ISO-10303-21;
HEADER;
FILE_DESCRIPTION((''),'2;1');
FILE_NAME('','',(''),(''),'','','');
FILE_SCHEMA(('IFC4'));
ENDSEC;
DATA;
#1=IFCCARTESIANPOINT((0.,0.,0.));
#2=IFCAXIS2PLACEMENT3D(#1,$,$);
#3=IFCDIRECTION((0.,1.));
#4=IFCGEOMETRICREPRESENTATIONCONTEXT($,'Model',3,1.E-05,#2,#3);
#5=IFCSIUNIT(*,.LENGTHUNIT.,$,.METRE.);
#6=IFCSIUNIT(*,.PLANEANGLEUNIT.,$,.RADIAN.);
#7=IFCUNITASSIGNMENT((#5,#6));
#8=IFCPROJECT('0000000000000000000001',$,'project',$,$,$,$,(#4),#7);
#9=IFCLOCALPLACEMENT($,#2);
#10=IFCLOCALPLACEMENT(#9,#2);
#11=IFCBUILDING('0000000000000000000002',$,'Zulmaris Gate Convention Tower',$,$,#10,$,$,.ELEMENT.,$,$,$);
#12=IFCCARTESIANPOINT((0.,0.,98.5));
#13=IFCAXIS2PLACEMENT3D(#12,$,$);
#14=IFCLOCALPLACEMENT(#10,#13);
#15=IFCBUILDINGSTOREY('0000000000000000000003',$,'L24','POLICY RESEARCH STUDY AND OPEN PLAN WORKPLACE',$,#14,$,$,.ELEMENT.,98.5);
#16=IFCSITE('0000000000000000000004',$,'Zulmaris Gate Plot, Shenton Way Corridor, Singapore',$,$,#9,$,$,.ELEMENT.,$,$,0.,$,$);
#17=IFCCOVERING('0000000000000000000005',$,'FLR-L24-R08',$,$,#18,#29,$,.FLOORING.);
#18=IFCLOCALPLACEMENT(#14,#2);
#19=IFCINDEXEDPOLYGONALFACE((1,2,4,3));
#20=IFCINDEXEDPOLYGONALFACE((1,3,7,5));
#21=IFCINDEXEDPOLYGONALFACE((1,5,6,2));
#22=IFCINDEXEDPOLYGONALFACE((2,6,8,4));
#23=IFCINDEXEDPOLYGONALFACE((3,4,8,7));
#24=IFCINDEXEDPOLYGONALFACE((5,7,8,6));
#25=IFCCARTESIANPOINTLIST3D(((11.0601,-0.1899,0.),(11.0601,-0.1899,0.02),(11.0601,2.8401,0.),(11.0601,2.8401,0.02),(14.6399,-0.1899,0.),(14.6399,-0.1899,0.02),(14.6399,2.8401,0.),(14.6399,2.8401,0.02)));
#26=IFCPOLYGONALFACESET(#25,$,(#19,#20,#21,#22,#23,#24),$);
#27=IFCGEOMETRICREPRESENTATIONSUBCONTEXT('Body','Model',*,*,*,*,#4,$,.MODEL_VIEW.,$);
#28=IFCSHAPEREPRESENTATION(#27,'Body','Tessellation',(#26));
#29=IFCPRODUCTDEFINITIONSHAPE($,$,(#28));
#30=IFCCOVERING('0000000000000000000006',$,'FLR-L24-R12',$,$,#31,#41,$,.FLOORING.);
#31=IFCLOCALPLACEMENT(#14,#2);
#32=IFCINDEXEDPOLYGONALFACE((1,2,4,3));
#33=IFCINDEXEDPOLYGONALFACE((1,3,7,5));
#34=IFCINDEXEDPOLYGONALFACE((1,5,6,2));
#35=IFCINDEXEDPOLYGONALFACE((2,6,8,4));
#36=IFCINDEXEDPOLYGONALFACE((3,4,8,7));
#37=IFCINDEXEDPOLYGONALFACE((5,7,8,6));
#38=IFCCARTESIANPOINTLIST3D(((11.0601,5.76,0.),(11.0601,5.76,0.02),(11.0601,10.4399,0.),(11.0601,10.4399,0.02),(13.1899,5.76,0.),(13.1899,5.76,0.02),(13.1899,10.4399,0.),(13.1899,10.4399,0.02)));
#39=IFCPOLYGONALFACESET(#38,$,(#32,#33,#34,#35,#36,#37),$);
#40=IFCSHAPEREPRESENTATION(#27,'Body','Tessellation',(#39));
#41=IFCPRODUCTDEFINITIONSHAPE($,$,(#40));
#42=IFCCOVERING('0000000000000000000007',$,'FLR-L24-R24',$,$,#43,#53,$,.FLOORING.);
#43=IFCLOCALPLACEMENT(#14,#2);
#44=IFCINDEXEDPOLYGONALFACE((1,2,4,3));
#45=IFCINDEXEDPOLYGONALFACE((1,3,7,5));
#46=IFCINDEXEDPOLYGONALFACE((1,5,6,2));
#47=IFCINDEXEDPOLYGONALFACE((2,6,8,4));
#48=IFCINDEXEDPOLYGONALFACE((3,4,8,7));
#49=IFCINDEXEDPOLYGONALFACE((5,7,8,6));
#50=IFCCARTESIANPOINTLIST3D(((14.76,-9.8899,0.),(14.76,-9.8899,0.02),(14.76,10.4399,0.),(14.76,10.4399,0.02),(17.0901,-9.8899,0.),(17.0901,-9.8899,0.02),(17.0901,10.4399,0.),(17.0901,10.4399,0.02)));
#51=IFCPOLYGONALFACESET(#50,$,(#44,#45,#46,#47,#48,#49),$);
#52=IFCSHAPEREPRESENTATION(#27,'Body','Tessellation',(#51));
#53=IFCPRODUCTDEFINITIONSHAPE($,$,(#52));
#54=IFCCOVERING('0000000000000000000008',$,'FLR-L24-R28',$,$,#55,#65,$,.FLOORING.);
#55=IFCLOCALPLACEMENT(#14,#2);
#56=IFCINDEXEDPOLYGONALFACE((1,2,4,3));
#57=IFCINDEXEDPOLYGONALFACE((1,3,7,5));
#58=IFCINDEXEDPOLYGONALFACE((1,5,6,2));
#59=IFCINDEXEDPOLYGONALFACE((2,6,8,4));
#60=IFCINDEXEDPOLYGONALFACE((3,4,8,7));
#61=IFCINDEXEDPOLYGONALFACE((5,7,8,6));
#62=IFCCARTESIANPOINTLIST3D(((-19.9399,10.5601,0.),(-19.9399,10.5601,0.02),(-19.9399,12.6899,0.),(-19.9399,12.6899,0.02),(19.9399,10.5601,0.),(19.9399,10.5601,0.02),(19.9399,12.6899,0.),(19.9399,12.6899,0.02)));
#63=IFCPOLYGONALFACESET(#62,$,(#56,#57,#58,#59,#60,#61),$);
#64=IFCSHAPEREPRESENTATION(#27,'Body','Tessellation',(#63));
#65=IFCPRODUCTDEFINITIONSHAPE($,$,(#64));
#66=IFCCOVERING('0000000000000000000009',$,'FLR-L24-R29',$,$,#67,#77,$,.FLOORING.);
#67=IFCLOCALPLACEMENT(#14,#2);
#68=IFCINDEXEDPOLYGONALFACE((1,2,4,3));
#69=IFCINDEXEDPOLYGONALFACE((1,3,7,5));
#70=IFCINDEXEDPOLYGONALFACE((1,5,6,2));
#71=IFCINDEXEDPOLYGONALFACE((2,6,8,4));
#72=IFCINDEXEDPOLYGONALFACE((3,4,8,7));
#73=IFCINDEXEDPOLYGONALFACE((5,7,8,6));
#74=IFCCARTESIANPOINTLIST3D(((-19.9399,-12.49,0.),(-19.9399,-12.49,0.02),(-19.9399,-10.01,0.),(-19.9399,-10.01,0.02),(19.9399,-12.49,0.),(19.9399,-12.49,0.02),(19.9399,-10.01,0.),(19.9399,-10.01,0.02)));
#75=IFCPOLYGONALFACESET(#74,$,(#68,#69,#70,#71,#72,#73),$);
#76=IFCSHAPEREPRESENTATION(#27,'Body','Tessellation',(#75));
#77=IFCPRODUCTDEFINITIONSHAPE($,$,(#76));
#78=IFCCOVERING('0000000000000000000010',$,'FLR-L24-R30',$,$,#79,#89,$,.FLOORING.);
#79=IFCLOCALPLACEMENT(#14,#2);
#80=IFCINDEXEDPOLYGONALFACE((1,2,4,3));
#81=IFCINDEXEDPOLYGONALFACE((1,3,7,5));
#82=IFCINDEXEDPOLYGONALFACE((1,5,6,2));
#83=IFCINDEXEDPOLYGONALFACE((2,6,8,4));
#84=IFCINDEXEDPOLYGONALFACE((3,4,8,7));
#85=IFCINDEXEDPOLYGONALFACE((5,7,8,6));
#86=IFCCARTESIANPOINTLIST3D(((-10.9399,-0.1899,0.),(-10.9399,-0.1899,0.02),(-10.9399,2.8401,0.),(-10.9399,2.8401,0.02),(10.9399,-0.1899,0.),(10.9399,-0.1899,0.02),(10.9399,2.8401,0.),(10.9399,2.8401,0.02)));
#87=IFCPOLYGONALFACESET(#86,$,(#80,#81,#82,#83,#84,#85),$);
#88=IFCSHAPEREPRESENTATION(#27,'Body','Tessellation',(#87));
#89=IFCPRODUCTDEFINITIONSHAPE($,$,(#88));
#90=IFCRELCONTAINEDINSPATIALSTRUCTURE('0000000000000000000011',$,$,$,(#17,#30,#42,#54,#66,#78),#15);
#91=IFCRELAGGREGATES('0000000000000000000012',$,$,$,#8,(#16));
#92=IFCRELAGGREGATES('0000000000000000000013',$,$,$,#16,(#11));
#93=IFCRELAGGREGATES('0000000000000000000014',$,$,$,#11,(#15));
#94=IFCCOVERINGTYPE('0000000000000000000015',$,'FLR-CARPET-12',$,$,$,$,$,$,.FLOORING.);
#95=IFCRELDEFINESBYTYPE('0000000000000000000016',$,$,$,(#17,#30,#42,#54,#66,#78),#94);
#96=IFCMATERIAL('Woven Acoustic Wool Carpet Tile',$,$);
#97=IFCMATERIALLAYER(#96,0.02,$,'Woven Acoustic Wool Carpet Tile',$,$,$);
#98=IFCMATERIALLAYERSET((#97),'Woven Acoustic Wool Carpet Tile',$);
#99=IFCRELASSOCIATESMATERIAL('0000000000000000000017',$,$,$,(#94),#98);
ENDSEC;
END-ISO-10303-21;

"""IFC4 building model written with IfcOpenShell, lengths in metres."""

from ifc_helpers import new_model, si_unit, direction, frame, origin, place, context, subcontext, project, spatial, polyline, outline, extrude, material, layer, layer_set, type_object, element, save


model = new_model("IFC4")

# Units and contexts
model_context = context("Model", 3, precision=1e-05, world=origin(), true_north=direction((0.0, 1.0)))
body_context = subcontext(model_context, "Body", "Model", "MODEL_VIEW")
ifc_project = project(units=[si_unit("LENGTHUNIT", "METRE"), si_unit("PLANEANGLEUNIT", "RADIAN")], contexts=[model_context])

# Site, building, storey
site_placement = place(None, origin())
site = spatial("IfcSite", under=ifc_project, at=site_placement, Name="Zulmaris Gate Plot, Shenton Way Corridor, Singapore", CompositionType="ELEMENT", RefElevation=0.0)
building_placement = place(site_placement, origin())
building = spatial("IfcBuilding", under=site, at=building_placement, Name="Zulmaris Gate Convention Tower", CompositionType="ELEMENT")
storey_placement = place(building_placement, frame((0.0, 0.0, 98.5)))
storey = spatial("IfcBuildingStorey", under=building, at=storey_placement, Name="L24", Description="POLICY RESEARCH STUDY AND OPEN PLAN WORKPLACE", CompositionType="ELEMENT", Elevation=98.5)

# Coverings
ifc_material_1 = material(Name="Woven Acoustic Wool Carpet Tile")
ifc_layer_1 = layer(ifc_material_1, 0.02, Name="Woven Acoustic Wool Carpet Tile")
ifc_layer_set_1 = layer_set([ifc_layer_1], Name="Woven Acoustic Wool Carpet Tile")
covering_type_1 = type_object("IfcCoveringType", Name="FLR-CARPET-12", PredefinedType="FLOORING", material=ifc_layer_set_1)
covering_1_placement = place(storey_placement, origin())
element("IfcCovering", 1, at=covering_1_placement, inside=storey, type_object=covering_type_1, Name="FLR-L24-R08", PredefinedType="FLOORING", context=body_context, shape_type="SweptSolid", body=[
    extrude(outline(polyline([(11.0601, -0.1899), (14.6399, -0.1899), (14.6399, 2.8401), (11.0601, 2.8401), (11.0601, -0.1899)])), origin(), (0.0, 0.0, 1.0), 0.02),
])
covering_2_placement = place(storey_placement, origin())
element("IfcCovering", 2, at=covering_2_placement, inside=storey, type_object=covering_type_1, Name="FLR-L24-R12", PredefinedType="FLOORING", context=body_context, shape_type="SweptSolid", body=[
    extrude(outline(polyline([(11.0601, 5.76), (13.1899, 5.76), (13.1899, 10.4399), (11.0601, 10.4399), (11.0601, 5.76)])), origin(), (0.0, 0.0, 1.0), 0.02),
])
covering_3_placement = place(storey_placement, origin())
element("IfcCovering", 3, at=covering_3_placement, inside=storey, type_object=covering_type_1, Name="FLR-L24-R24", PredefinedType="FLOORING", context=body_context, shape_type="SweptSolid", body=[
    extrude(outline(polyline([(14.76, -9.8899), (17.0901, -9.8899), (17.0901, 10.4399), (14.76, 10.4399), (14.76, -9.8899)])), origin(), (0.0, 0.0, 1.0), 0.02),
])
covering_4_placement = place(storey_placement, origin())
element("IfcCovering", 4, at=covering_4_placement, inside=storey, type_object=covering_type_1, Name="FLR-L24-R28", PredefinedType="FLOORING", context=body_context, shape_type="SweptSolid", body=[
    extrude(outline(polyline([(-19.9399, 10.5601), (19.9399, 10.5601), (19.9399, 12.6899), (-19.9399, 12.6899), (-19.9399, 10.5601)])), origin(), (0.0, 0.0, 1.0), 0.02),
])
covering_5_placement = place(storey_placement, origin())
element("IfcCovering", 5, at=covering_5_placement, inside=storey, type_object=covering_type_1, Name="FLR-L24-R29", PredefinedType="FLOORING", context=body_context, shape_type="SweptSolid", body=[
    extrude(outline(polyline([(-19.9399, -12.49), (19.9399, -12.49), (19.9399, -10.01), (-19.9399, -10.01), (-19.9399, -12.49)])), origin(), (0.0, 0.0, 1.0), 0.02),
])
covering_6_placement = place(storey_placement, origin())
element("IfcCovering", 6, at=covering_6_placement, inside=storey, type_object=covering_type_1, Name="FLR-L24-R30", PredefinedType="FLOORING", context=body_context, shape_type="SweptSolid", body=[
    extrude(outline(polyline([(-10.9399, -0.1899), (10.9399, -0.1899), (10.9399, 2.8401), (-10.9399, 2.8401), (-10.9399, -0.1899)])), origin(), (0.0, 0.0, 1.0), 0.02),
])

save(model, "model.ifc")
